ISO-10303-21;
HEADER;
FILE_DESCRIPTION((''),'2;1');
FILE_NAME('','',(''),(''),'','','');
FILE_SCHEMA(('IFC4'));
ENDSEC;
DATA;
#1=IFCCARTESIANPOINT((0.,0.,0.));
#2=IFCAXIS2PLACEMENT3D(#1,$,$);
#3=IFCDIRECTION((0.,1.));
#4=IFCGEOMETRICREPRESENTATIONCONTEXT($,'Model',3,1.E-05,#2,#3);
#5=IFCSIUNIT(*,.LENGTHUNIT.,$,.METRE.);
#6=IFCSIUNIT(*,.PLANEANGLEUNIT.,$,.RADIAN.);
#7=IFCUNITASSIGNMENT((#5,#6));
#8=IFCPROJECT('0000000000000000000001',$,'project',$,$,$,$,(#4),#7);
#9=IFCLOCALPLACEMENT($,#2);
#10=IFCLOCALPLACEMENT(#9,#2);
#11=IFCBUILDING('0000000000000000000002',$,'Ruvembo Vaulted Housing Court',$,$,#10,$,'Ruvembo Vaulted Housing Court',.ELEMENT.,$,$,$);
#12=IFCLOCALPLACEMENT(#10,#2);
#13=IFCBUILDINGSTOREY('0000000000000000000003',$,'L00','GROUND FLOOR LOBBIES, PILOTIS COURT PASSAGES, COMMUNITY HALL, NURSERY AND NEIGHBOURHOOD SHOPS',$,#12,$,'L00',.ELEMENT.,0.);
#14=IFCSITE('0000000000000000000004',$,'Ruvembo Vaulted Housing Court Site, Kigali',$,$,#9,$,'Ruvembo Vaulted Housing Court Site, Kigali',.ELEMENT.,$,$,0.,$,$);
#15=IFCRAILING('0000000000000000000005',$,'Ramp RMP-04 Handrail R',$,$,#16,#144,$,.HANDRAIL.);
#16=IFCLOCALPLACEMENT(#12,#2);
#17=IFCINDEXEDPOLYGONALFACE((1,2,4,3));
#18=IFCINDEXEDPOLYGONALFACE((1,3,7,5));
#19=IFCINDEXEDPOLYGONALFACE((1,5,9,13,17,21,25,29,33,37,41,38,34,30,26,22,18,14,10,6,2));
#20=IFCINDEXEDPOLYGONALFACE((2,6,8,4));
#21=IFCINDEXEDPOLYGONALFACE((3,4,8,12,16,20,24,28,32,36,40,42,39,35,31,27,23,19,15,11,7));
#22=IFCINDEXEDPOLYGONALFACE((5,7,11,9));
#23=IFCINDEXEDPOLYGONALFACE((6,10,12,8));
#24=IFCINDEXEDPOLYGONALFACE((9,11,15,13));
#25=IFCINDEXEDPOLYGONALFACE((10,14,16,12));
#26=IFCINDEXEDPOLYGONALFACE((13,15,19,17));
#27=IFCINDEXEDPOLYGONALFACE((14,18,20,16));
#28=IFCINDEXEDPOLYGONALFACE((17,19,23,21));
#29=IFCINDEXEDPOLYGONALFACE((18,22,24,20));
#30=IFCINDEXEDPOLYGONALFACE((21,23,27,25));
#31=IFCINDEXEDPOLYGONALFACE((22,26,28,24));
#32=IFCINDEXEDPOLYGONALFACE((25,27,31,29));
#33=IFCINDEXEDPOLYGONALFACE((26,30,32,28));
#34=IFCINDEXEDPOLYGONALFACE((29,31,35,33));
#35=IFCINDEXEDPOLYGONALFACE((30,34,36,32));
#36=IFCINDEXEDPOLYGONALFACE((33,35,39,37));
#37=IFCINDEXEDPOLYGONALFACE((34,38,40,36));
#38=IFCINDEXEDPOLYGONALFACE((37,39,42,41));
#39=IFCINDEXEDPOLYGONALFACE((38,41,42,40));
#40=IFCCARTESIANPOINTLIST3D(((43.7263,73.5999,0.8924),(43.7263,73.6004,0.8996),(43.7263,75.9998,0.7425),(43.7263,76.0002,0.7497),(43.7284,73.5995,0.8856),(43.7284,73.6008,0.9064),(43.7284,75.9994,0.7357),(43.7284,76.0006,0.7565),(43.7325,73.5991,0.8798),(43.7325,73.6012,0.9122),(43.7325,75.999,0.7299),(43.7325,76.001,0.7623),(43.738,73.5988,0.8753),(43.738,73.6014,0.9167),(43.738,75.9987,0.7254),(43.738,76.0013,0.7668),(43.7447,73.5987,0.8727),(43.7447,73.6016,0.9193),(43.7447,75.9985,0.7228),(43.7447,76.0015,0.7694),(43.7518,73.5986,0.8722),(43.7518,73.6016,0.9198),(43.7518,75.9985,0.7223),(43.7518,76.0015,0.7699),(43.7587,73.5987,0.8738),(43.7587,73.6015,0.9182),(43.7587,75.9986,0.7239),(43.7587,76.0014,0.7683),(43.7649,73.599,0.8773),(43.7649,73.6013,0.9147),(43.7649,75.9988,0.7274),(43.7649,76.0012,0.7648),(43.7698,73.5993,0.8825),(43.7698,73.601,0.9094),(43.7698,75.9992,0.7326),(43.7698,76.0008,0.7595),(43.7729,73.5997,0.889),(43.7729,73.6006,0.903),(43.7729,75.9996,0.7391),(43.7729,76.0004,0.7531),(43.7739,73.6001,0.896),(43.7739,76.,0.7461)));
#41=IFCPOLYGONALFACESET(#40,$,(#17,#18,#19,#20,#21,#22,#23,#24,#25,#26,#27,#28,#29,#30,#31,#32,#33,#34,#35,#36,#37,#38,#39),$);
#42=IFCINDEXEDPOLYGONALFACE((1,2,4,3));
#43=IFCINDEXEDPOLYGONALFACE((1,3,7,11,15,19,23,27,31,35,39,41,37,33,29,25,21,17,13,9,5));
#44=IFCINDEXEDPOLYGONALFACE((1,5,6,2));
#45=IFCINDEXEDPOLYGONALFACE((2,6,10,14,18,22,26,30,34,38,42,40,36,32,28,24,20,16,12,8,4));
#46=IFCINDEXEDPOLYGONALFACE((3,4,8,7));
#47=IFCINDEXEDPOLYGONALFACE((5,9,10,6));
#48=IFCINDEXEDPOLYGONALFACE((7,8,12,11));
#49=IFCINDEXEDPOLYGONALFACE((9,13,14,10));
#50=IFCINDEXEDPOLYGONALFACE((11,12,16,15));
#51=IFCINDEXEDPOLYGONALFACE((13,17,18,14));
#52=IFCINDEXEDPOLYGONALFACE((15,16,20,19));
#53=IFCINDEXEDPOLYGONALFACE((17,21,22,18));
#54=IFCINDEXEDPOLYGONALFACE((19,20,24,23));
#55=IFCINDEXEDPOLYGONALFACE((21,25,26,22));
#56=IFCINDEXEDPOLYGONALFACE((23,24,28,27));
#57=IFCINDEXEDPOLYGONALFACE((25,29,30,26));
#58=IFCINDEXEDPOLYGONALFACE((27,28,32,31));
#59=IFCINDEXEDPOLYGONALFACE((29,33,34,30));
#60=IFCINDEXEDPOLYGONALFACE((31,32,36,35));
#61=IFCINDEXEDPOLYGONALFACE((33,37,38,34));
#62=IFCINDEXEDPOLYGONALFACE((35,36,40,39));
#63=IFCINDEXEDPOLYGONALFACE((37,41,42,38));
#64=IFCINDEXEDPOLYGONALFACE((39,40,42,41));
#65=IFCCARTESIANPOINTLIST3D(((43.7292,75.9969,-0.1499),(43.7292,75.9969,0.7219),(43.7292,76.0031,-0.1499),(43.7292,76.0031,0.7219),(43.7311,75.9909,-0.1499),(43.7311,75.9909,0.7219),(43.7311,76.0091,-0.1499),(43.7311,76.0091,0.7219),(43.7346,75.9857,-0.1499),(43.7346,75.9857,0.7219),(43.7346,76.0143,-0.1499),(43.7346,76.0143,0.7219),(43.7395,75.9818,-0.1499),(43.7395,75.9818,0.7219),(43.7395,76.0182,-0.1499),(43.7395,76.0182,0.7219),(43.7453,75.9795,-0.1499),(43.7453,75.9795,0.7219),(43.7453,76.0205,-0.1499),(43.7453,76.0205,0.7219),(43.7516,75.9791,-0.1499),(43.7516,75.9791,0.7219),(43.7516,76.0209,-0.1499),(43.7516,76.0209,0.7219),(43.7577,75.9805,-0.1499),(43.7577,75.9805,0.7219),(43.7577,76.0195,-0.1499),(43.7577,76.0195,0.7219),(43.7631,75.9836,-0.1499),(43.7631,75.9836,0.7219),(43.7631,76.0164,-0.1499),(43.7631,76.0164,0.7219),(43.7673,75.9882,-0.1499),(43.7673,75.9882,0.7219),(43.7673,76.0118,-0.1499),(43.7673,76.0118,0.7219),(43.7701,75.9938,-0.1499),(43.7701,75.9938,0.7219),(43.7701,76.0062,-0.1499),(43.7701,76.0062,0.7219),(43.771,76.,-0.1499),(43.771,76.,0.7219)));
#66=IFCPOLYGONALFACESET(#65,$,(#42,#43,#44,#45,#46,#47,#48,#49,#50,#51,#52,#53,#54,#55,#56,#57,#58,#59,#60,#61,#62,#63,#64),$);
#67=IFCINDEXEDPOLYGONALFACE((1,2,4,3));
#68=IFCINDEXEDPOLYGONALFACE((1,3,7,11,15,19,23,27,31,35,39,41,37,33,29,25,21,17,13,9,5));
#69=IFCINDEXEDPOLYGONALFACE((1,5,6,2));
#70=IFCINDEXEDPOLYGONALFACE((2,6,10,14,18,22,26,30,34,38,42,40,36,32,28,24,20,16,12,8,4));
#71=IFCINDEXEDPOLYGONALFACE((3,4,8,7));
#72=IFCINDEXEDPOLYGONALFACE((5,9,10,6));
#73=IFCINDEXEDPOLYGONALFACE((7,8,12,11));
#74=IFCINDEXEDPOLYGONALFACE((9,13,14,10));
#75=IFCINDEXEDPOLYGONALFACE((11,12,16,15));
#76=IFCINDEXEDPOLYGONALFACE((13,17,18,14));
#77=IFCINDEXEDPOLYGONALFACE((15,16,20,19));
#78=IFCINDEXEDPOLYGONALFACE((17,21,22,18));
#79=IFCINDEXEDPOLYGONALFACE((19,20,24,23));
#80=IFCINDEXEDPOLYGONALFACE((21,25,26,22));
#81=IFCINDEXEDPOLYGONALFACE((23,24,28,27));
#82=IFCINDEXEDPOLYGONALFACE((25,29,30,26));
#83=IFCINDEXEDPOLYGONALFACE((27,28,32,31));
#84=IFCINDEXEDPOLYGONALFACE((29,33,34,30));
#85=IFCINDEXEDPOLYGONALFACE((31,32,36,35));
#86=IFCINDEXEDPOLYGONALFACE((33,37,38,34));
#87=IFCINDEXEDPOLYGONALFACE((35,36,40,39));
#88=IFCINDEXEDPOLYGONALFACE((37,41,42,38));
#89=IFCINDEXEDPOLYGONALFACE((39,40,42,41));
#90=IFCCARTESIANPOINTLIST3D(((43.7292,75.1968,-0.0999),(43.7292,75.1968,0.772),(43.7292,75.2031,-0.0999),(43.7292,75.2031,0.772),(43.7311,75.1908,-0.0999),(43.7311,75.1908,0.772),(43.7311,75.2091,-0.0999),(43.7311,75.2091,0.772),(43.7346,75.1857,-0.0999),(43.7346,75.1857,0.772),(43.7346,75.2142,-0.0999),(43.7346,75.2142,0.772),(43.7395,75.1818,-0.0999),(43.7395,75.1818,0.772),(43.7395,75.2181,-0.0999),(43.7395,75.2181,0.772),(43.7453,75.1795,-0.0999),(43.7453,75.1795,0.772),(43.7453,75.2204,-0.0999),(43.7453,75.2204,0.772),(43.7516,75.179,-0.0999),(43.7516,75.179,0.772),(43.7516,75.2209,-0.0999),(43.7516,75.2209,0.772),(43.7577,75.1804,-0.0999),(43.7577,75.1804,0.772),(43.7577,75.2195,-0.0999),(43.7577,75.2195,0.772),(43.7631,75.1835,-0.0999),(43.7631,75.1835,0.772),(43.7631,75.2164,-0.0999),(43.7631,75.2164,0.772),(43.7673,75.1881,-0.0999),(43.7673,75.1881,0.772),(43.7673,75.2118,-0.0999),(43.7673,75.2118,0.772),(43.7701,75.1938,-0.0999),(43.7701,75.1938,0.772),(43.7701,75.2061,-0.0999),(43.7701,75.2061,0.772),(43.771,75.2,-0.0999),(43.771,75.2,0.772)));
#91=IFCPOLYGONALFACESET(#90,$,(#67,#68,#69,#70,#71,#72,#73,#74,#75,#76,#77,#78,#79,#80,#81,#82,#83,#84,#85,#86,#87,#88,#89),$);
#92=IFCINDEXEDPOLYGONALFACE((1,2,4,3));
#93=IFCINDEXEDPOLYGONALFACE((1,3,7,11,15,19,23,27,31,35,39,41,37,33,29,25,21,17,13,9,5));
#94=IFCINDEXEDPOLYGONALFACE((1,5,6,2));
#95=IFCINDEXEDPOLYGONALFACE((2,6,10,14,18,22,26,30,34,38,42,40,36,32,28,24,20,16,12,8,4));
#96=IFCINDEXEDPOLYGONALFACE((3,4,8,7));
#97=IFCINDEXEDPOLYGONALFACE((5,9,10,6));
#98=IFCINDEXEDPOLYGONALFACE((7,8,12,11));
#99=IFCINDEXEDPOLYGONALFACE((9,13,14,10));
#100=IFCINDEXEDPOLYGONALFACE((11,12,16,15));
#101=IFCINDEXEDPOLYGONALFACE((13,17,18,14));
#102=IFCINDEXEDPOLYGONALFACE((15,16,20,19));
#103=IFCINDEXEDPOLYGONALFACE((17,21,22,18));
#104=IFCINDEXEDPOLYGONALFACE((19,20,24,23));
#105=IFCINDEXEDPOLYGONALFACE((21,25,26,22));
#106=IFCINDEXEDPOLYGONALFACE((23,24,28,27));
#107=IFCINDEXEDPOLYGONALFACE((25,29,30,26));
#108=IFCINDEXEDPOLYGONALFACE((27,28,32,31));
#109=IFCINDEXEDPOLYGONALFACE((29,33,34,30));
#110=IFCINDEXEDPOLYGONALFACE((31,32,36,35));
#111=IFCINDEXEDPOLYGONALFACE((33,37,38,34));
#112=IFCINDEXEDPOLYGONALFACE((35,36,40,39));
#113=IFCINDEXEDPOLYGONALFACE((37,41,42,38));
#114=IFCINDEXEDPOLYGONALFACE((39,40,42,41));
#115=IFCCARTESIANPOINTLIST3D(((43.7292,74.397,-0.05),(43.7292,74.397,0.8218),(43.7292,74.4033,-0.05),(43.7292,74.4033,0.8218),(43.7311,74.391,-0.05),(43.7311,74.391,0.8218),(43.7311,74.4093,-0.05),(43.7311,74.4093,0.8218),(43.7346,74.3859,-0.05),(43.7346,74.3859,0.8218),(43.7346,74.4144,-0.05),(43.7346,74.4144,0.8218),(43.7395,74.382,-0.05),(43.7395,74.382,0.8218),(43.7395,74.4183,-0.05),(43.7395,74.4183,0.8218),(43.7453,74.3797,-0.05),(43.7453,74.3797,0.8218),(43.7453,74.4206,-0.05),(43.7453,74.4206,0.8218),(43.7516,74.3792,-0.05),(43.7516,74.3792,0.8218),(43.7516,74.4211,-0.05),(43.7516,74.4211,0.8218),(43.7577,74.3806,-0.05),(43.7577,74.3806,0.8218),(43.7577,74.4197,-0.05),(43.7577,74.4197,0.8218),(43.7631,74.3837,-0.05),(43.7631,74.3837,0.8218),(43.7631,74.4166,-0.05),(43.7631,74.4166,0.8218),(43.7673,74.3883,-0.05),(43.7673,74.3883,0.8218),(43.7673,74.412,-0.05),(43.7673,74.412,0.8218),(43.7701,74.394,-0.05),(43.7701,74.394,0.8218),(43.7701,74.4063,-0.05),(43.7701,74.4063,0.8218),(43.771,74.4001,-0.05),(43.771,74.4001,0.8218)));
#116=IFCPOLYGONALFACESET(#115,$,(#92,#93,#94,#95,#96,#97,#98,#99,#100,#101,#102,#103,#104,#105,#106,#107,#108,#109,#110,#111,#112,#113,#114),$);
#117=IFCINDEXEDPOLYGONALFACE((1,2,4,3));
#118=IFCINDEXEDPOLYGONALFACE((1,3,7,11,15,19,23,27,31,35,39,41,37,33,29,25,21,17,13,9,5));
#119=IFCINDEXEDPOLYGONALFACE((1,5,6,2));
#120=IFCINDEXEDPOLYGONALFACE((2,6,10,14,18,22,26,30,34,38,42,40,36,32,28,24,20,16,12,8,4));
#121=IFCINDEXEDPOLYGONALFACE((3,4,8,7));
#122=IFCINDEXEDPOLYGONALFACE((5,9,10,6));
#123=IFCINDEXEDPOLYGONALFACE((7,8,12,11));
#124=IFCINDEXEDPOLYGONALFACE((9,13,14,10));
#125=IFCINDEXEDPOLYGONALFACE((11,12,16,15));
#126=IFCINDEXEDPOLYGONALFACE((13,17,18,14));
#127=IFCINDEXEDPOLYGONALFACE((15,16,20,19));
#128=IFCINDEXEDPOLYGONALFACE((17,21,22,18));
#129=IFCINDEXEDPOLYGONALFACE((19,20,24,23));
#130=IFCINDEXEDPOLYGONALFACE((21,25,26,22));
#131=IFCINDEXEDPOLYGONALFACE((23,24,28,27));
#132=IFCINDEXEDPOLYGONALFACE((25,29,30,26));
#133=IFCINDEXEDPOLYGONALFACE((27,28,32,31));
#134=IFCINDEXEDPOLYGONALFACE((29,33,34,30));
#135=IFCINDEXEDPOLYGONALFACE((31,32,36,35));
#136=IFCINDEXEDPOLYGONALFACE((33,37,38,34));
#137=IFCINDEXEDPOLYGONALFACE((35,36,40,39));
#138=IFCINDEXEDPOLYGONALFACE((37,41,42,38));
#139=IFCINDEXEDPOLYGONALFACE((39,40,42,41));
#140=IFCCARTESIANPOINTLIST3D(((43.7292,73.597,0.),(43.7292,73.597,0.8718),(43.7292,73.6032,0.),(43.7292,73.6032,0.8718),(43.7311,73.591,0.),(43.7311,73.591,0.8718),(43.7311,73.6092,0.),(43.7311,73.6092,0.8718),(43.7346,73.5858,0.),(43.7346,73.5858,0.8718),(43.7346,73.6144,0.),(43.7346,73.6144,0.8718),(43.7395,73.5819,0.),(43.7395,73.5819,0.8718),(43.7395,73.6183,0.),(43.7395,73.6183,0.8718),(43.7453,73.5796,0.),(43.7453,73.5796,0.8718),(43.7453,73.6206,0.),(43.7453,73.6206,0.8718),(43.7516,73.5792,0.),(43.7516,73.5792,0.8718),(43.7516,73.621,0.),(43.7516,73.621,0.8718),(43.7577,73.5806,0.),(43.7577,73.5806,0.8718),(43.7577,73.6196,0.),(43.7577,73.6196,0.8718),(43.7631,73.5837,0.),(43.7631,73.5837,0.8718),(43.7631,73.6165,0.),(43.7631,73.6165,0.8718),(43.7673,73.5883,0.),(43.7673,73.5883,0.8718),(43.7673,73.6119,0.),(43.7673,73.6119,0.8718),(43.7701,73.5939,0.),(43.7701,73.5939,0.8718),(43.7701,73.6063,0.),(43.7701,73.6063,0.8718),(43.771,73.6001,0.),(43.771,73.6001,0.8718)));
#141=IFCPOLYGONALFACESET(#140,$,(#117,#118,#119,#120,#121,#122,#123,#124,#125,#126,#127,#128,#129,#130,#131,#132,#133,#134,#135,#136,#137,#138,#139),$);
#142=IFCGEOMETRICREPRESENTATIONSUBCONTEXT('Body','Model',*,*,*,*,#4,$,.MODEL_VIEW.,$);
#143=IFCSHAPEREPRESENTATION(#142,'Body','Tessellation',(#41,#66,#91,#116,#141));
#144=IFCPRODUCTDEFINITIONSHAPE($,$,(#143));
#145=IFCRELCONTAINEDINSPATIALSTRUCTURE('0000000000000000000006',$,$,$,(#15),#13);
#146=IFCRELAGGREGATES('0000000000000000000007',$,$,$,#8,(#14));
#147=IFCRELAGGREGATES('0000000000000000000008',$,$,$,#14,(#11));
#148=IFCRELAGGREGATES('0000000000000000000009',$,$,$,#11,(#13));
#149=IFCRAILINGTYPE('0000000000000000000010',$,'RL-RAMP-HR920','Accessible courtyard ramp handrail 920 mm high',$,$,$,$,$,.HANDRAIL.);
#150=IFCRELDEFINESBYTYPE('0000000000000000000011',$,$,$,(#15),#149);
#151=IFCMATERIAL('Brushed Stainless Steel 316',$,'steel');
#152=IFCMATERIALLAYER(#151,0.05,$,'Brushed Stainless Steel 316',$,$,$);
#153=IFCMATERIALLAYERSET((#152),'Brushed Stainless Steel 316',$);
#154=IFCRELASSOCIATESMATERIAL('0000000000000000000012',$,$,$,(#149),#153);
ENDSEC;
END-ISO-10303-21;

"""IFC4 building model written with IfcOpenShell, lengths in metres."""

from ifc_helpers import new_model, si_unit, direction, frame, origin, origin_2d, place, context, subcontext, project, spatial, circle, extrude, material, layer, layer_set, type_object, element, save


model = new_model("IFC4")

# Units and contexts
model_context = context("Model", 3, precision=1e-05, world=origin(), true_north=direction((0.0, 1.0)))
body_context = subcontext(model_context, "Body", "Model", "MODEL_VIEW")
ifc_project = project(units=[si_unit("LENGTHUNIT", "METRE"), si_unit("PLANEANGLEUNIT", "RADIAN")], contexts=[model_context])

# Site, building, storey
site_placement = place(None, origin())
site = spatial("IfcSite", under=ifc_project, at=site_placement, Name="Ruvembo Vaulted Housing Court Site, Kigali", LongName="Ruvembo Vaulted Housing Court Site, Kigali", CompositionType="ELEMENT", RefElevation=0.0)
building_placement = place(site_placement, origin())
building = spatial("IfcBuilding", under=site, at=building_placement, Name="Ruvembo Vaulted Housing Court", LongName="Ruvembo Vaulted Housing Court", CompositionType="ELEMENT")
storey_placement = place(building_placement, origin())
storey = spatial("IfcBuildingStorey", under=building, at=storey_placement, Name="L00", Description="GROUND FLOOR LOBBIES, PILOTIS COURT PASSAGES, COMMUNITY HALL, NURSERY AND NEIGHBOURHOOD SHOPS", LongName="L00", CompositionType="ELEMENT", Elevation=0.0)

# Railing
ifc_material_1 = material(Name="Brushed Stainless Steel 316", Category="steel")
ifc_layer = layer(ifc_material_1, 0.05, Name="Brushed Stainless Steel 316")
ifc_layer_set = layer_set([ifc_layer], Name="Brushed Stainless Steel 316")
railing_type = type_object("IfcRailingType", Name="RL-RAMP-HR920", Description="Accessible courtyard ramp handrail 920 mm high", PredefinedType="HANDRAIL", material=ifc_layer_set)
for number, where, name in (
    (1, (43.75, 76.0, -0.1499), "Ramp RMP-04 Handrail R"),
):
    element("IfcRailing", number, at=place(storey_placement, frame(where)), inside=storey, type_object=railing_type, Name=name, PredefinedType="HANDRAIL", context=body_context, shape_type="SweptSolid", body=[
        extrude(circle(Radius=0.0239, at=origin_2d()), frame((0.0, 0.0, 0.896), z_axis=(0.0, -0.998055, 0.06234), x_axis=(1.0, 0.0, 0.0)), (0.0, 0.0, 1.0), 2.4045),
        extrude(circle(Radius=0.021, at=origin_2d()), origin(), (0.0, 0.0, 1.0), 0.8718),
        extrude(circle(Radius=0.021, at=origin_2d()), frame((0.0, -0.8, 0.05)), (0.0, 0.0, 1.0), 0.8718),
        extrude(circle(Radius=0.021, at=origin_2d()), frame((0.0, -1.5999, 0.0999)), (0.0, 0.0, 1.0), 0.8718),
        extrude(circle(Radius=0.021, at=origin_2d()), frame((0.0, -2.3999, 0.1499)), (0.0, 0.0, 1.0), 0.8718),
    ])

save(model, "model.ifc")
